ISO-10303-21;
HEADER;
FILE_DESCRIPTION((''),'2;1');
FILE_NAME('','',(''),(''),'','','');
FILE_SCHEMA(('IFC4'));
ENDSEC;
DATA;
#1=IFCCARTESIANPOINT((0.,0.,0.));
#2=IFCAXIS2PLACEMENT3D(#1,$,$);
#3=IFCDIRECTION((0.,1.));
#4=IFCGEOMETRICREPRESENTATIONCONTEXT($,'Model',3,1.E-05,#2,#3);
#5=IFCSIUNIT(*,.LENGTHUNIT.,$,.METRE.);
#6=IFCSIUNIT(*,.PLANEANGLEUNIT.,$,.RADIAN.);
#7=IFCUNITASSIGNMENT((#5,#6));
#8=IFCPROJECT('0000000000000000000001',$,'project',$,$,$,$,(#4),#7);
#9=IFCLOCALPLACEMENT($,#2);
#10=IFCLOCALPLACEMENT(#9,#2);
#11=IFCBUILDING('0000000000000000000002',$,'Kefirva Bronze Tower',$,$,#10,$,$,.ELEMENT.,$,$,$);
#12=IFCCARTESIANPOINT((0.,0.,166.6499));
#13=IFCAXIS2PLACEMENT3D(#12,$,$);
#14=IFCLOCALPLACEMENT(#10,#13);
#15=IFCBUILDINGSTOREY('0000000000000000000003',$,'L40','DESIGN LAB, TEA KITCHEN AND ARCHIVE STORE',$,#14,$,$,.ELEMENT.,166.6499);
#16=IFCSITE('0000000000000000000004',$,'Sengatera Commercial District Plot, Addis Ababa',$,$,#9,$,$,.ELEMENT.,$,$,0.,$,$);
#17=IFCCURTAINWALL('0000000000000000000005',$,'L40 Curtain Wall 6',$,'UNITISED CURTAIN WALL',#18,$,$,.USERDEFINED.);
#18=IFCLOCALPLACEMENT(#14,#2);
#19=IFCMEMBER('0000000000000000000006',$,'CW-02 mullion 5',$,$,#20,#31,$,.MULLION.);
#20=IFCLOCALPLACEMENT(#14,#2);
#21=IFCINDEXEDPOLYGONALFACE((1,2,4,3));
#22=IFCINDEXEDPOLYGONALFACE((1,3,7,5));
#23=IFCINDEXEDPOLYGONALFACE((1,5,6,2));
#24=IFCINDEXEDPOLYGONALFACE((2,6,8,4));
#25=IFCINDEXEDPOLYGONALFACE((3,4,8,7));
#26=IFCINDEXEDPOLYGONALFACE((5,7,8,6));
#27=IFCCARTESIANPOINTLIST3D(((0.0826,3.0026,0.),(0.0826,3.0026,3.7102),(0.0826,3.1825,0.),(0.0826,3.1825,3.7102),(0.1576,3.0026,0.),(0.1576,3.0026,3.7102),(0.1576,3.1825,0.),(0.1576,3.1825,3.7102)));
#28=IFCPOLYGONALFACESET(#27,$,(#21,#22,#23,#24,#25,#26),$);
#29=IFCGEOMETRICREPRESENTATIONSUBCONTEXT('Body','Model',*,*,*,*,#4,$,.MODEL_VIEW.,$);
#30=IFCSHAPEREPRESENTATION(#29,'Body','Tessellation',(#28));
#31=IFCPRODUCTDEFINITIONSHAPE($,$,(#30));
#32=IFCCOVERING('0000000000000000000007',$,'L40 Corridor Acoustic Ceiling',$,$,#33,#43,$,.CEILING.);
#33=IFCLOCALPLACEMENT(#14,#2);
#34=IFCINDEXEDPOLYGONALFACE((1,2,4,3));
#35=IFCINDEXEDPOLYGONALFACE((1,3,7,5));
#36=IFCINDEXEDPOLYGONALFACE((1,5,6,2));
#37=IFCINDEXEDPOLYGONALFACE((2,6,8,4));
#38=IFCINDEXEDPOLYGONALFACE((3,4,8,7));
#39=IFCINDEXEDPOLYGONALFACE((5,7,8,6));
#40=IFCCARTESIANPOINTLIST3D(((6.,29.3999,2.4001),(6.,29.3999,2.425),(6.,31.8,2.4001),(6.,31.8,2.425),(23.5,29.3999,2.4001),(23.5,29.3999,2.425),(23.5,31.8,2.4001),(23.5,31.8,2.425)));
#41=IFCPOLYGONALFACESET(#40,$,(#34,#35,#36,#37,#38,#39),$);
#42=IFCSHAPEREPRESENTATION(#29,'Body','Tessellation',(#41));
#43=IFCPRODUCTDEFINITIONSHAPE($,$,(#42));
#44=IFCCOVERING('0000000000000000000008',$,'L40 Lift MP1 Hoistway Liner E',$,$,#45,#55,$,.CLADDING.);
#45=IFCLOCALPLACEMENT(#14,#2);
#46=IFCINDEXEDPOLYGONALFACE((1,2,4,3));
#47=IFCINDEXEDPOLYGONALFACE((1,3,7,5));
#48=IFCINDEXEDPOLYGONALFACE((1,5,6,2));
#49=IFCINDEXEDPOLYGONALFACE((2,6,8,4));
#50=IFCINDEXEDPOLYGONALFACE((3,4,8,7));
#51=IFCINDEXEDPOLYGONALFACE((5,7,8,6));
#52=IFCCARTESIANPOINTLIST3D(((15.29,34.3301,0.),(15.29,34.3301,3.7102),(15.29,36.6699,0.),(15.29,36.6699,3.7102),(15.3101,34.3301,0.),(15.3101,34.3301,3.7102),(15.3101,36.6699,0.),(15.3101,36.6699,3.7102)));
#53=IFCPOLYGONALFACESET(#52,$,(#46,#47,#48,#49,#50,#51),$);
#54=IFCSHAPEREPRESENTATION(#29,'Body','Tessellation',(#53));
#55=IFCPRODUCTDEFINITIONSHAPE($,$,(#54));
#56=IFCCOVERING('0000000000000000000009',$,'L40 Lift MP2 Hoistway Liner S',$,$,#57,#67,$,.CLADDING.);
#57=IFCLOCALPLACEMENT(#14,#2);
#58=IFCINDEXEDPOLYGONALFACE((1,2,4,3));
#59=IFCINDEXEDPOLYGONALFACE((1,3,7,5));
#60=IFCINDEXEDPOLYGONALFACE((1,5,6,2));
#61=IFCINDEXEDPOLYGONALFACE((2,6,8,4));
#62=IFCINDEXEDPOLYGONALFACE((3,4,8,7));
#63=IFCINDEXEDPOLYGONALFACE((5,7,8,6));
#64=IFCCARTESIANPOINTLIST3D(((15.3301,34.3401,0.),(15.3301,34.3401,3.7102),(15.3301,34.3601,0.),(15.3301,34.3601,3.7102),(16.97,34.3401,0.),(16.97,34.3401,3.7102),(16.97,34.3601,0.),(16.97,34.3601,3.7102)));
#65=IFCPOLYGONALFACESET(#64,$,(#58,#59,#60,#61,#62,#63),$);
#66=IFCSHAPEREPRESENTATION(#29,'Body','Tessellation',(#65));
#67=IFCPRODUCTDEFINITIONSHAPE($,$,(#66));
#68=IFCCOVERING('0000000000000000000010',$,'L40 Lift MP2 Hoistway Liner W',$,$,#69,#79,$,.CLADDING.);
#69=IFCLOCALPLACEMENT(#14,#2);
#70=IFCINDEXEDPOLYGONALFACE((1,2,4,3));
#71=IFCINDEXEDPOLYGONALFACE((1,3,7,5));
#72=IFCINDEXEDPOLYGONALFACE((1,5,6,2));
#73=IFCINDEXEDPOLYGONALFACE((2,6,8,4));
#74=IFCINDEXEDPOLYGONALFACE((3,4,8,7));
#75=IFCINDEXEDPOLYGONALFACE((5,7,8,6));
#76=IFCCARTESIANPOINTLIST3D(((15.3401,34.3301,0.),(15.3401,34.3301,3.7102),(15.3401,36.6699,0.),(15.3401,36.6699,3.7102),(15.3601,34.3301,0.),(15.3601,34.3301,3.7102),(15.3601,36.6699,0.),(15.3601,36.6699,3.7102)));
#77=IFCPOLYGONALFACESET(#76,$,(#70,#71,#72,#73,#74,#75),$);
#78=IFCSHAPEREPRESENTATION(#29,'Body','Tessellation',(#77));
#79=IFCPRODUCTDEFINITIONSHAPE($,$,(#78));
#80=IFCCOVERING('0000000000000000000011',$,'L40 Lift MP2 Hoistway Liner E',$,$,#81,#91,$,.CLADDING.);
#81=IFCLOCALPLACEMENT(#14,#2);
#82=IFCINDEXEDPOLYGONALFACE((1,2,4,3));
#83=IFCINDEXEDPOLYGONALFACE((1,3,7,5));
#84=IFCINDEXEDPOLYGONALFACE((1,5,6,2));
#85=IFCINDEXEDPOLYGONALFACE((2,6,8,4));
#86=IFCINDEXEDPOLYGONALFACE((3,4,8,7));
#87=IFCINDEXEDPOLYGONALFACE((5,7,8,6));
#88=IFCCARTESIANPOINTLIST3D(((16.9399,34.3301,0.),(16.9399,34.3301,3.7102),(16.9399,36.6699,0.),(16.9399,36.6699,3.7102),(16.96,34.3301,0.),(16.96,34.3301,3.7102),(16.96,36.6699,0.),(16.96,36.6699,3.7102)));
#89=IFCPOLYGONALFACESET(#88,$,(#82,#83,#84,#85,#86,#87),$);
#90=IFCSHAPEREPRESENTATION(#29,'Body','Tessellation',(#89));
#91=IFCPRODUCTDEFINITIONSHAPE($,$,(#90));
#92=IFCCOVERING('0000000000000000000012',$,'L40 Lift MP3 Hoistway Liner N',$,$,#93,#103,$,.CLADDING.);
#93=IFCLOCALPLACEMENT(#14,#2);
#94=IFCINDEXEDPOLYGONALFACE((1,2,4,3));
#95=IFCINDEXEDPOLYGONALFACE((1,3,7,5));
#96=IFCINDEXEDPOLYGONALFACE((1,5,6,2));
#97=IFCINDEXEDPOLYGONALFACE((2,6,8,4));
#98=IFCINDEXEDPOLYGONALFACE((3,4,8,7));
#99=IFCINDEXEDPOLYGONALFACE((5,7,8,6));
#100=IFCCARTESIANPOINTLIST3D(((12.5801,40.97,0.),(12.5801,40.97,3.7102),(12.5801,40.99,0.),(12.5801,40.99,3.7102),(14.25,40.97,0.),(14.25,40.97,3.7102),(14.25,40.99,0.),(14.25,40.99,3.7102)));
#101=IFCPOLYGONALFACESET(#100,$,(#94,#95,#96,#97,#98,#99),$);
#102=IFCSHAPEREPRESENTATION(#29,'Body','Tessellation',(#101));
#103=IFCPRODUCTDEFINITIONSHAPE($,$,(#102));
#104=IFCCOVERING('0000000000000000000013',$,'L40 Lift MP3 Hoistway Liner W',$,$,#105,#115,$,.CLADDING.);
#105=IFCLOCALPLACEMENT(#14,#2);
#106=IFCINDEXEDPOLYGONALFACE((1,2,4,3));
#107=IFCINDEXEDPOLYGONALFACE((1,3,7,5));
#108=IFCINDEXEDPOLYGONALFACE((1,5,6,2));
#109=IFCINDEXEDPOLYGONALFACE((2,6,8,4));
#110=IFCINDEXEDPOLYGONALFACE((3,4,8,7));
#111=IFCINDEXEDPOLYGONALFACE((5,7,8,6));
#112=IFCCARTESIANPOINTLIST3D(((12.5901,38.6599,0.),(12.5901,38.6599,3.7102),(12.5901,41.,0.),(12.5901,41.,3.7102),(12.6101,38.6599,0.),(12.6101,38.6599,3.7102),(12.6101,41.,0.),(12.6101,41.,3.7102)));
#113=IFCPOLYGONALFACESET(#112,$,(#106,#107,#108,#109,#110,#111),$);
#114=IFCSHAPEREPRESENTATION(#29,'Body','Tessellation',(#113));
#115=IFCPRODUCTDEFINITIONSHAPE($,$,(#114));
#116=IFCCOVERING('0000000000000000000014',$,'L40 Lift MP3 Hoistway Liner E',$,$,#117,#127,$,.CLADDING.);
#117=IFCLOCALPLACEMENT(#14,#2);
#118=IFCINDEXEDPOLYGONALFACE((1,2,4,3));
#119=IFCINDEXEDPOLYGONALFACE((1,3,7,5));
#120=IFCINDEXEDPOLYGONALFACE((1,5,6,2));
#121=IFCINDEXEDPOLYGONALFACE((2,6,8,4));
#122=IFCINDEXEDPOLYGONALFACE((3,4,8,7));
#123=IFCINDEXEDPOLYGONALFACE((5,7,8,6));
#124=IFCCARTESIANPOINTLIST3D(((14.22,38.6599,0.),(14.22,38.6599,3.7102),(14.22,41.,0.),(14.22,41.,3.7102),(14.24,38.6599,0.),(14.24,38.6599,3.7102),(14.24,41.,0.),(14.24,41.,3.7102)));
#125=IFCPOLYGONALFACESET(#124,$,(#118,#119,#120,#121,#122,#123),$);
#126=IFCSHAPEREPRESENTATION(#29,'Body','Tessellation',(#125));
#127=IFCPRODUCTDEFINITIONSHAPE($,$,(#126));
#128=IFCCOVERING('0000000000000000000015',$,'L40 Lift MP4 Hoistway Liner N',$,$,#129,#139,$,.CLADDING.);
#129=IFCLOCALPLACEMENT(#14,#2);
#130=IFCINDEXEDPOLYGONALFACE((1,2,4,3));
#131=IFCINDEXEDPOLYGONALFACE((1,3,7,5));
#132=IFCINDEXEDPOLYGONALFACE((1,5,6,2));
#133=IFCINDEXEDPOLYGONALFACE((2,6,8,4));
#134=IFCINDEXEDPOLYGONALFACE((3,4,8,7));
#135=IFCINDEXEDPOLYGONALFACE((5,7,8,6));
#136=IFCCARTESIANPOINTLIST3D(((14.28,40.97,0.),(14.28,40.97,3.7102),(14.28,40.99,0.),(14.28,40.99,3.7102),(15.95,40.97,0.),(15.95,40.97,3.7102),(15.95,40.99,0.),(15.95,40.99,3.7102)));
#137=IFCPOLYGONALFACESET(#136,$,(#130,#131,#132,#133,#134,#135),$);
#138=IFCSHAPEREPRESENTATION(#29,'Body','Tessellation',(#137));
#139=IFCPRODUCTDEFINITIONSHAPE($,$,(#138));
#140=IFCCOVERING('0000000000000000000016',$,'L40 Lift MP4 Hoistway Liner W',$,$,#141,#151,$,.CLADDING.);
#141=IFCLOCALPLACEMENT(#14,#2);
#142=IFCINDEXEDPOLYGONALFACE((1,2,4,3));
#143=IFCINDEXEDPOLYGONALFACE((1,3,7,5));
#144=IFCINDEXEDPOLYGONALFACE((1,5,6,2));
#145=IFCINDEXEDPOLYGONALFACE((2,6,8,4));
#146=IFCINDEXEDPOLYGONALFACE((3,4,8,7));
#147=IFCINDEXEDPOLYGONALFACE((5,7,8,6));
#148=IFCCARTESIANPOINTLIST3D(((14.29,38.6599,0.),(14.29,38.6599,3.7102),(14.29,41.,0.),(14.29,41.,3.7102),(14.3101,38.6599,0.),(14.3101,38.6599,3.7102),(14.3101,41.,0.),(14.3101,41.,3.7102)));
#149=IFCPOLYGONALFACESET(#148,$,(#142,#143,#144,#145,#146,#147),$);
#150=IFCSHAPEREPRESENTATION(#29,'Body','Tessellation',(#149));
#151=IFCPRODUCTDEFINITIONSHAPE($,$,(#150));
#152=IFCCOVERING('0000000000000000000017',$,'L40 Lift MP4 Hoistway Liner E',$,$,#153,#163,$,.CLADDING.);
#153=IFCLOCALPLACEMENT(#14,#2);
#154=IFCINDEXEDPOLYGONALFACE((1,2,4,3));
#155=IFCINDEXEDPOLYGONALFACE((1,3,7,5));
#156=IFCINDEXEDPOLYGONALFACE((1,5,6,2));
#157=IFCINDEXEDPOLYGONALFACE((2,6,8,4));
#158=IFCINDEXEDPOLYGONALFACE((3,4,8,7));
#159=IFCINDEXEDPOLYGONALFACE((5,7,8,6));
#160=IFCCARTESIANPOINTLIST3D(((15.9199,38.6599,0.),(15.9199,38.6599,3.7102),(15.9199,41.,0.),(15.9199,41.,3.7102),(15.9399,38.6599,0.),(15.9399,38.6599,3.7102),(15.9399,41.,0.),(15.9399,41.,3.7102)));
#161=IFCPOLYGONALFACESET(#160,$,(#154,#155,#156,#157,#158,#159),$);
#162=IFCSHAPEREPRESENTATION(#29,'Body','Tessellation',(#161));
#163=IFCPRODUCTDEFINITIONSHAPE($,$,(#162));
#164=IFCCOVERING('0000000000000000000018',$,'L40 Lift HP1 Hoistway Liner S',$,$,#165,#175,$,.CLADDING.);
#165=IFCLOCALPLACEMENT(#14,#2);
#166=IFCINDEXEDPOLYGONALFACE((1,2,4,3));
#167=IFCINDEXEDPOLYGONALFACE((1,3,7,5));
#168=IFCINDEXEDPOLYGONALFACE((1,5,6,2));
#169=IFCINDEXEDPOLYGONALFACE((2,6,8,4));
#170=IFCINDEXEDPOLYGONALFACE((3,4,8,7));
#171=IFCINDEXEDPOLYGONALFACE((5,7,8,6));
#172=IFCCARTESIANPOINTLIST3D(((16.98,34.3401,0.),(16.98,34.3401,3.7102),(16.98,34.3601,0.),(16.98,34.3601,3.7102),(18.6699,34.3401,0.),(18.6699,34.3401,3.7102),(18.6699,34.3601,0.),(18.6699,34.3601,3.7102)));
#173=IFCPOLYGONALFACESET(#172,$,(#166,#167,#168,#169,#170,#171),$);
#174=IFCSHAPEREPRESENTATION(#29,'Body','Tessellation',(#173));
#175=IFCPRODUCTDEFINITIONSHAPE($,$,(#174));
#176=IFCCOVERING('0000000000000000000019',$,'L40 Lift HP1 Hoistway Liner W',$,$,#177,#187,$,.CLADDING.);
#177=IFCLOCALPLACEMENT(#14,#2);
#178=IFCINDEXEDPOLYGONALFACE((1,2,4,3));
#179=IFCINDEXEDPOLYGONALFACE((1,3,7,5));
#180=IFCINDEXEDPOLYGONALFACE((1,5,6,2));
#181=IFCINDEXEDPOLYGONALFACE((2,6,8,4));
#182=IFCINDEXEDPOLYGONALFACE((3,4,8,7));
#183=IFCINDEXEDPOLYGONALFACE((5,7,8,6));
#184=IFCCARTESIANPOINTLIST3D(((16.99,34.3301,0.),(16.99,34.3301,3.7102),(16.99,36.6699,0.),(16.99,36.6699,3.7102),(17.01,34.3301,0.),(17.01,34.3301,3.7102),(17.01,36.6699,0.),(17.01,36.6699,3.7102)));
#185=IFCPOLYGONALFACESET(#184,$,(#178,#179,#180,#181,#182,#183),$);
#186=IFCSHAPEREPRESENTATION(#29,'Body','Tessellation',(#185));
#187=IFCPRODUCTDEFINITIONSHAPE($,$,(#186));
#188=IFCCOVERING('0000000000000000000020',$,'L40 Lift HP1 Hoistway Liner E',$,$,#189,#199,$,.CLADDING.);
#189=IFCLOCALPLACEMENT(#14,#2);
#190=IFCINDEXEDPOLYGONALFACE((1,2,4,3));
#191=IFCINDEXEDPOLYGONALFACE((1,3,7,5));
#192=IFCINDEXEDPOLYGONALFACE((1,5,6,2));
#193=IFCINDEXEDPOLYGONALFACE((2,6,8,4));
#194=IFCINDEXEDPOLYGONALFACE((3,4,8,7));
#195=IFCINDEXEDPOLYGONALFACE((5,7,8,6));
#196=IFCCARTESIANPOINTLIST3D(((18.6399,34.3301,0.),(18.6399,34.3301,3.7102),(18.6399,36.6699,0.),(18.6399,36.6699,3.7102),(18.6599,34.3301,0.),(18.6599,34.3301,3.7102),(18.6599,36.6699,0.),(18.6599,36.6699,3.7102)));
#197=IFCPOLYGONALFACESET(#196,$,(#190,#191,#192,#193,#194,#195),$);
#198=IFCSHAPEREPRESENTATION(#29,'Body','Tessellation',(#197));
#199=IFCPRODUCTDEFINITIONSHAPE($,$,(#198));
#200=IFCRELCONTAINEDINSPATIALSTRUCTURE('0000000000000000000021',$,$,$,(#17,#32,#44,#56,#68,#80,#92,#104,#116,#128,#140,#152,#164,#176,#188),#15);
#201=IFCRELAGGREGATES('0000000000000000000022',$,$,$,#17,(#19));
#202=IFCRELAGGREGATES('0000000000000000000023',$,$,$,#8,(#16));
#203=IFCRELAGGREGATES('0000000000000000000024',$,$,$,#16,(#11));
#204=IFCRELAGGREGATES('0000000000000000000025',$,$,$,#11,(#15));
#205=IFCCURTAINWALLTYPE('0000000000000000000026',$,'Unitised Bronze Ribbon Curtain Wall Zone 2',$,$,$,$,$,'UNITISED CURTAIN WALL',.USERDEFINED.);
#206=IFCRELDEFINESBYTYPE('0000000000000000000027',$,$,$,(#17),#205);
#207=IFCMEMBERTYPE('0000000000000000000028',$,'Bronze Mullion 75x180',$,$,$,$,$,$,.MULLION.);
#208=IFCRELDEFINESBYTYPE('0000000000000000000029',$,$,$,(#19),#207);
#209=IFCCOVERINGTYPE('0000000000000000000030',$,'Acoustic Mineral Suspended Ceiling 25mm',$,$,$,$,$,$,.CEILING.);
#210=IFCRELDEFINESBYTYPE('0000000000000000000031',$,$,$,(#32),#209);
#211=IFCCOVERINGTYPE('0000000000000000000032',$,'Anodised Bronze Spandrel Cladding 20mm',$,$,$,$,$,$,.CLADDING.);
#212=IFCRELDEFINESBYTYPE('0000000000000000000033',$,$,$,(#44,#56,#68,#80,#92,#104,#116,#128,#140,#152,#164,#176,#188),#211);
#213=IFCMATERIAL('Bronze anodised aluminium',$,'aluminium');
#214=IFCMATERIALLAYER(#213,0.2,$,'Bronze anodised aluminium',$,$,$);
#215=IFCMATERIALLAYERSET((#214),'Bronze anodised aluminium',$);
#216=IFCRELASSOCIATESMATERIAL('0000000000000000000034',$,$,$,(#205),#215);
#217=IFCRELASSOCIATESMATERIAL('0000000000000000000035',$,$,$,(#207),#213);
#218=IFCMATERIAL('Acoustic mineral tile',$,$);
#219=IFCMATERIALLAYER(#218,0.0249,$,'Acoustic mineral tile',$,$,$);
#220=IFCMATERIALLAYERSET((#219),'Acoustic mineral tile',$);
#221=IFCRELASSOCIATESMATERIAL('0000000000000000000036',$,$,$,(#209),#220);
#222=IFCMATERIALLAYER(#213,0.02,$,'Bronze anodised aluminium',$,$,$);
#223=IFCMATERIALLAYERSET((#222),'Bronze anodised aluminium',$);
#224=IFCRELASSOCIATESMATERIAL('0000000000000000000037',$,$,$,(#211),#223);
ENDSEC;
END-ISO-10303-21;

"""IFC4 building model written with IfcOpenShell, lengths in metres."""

from ifc_helpers import new_model, si_unit, direction, frame, origin, origin_2d, place, context, subcontext, project, spatial, polyline, rectangle, outline, extrude, material, layer, layer_set, material_profile, profile_set, type_object, element, aggregate, save


model = new_model("IFC4")

# Units and contexts
model_context = context("Model", 3, precision=1e-05, world=origin(), true_north=direction((0.0, 1.0)))
body_context = subcontext(model_context, "Body", "Model", "MODEL_VIEW")
ifc_project = project(units=[si_unit("LENGTHUNIT", "METRE"), si_unit("PLANEANGLEUNIT", "RADIAN")], contexts=[model_context])

# Site, building, storey
site_placement = place(None, origin())
site = spatial("IfcSite", under=ifc_project, at=site_placement, Name="Sengatera Commercial District Plot, Addis Ababa", CompositionType="ELEMENT", RefElevation=0.0)
building_placement = place(site_placement, origin())
building = spatial("IfcBuilding", under=site, at=building_placement, Name="Kefirva Bronze Tower", CompositionType="ELEMENT")
storey_placement = place(building_placement, frame((0.0, 0.0, 166.6499)))
storey = spatial("IfcBuildingStorey", under=building, at=storey_placement, Name="L40", Description="DESIGN LAB, TEA KITCHEN AND ARCHIVE STORE", CompositionType="ELEMENT", Elevation=166.6499)

# Curtain wall, member
ifc_material_1 = material(Name="Bronze anodised aluminium", Category="aluminium")
ifc_layer_1 = layer(ifc_material_1, 0.2, Name="Bronze anodised aluminium")
ifc_layer_set_1 = layer_set([ifc_layer_1], Name="Bronze anodised aluminium")
curtain_wall_type = type_object("IfcCurtainWallType", Name="Unitised Bronze Ribbon Curtain Wall Zone 2", ElementType="UNITISED CURTAIN WALL", PredefinedType="USERDEFINED", material=ifc_layer_set_1)
curtain_wall_placement = place(storey_placement, origin())
curtain_wall = element("IfcCurtainWall", 1, at=curtain_wall_placement, inside=storey, type_object=curtain_wall_type, Name="L40 Curtain Wall 6", ObjectType="UNITISED CURTAIN WALL", PredefinedType="USERDEFINED")
ifc_material_profile = material_profile(ifc_material_1, rectangle(XDim=0.075, YDim=0.1799, at=origin_2d()), Name="ALU 75x180")
ifc_profile_set = profile_set([ifc_material_profile], Name="Bronze anodised aluminium")
member_type = type_object("IfcMemberType", Name="Bronze Mullion 75x180", PredefinedType="MULLION", material=ifc_profile_set)
member_placement = place(storey_placement, frame((0.1201, 3.0925, 0.0), z_axis=(0.0, 0.0, 1.0), x_axis=(1.0, 0.0, 0.0)))
member = element("IfcMember", 2, at=member_placement, type_object=member_type, Name="CW-02 mullion 5", PredefinedType="MULLION", context=body_context, shape_type="SweptSolid", body=[
    extrude(rectangle(XDim=0.075, YDim=0.1799, at=origin_2d()), origin(), (0.0, 0.0, 1.0), 3.7102),
])
aggregate(curtain_wall, [member])

# Coverings
ifc_material_2 = material(Name="Acoustic mineral tile")
ifc_layer_2 = layer(ifc_material_2, 0.0249, Name="Acoustic mineral tile")
ifc_layer_set_2 = layer_set([ifc_layer_2], Name="Acoustic mineral tile")
covering_type_1 = type_object("IfcCoveringType", Name="Acoustic Mineral Suspended Ceiling 25mm", PredefinedType="CEILING", material=ifc_layer_set_2)
covering_1_placement = place(storey_placement, frame((0.0, 0.0, 2.4001)))
element("IfcCovering", 3, at=covering_1_placement, inside=storey, type_object=covering_type_1, Name="L40 Corridor Acoustic Ceiling", PredefinedType="CEILING", context=body_context, shape_type="SweptSolid", body=[
    extrude(outline(polyline([(6.0, 29.3999), (23.5, 29.3999), (23.5, 31.8), (6.0, 31.8), (6.0, 29.3999)])), origin(), (0.0, 0.0, 1.0), 0.0249),
])
ifc_layer_3 = layer(ifc_material_1, 0.02, Name="Bronze anodised aluminium")
ifc_layer_set_3 = layer_set([ifc_layer_3], Name="Bronze anodised aluminium")
covering_type_2 = type_object("IfcCoveringType", Name="Anodised Bronze Spandrel Cladding 20mm", PredefinedType="CLADDING", material=ifc_layer_set_3)
covering_2_placement = place(storey_placement, origin())
element("IfcCovering", 4, at=covering_2_placement, inside=storey, type_object=covering_type_2, Name="L40 Lift MP1 Hoistway Liner E", PredefinedType="CLADDING", context=body_context, shape_type="SweptSolid", body=[
    extrude(outline(polyline([(15.29, 34.3301), (15.3101, 34.3301), (15.3101, 36.6699), (15.29, 36.6699), (15.29, 34.3301)])), origin(), (0.0, 0.0, 1.0), 3.7102),
])
covering_3_placement = place(storey_placement, origin())
element("IfcCovering", 5, at=covering_3_placement, inside=storey, type_object=covering_type_2, Name="L40 Lift MP2 Hoistway Liner S", PredefinedType="CLADDING", context=body_context, shape_type="SweptSolid", body=[
    extrude(outline(polyline([(15.3301, 34.3401), (16.97, 34.3401), (16.97, 34.3601), (15.3301, 34.3601), (15.3301, 34.3401)])), origin(), (0.0, 0.0, 1.0), 3.7102),
])
covering_4_placement = place(storey_placement, origin())
element("IfcCovering", 6, at=covering_4_placement, inside=storey, type_object=covering_type_2, Name="L40 Lift MP2 Hoistway Liner W", PredefinedType="CLADDING", context=body_context, shape_type="SweptSolid", body=[
    extrude(outline(polyline([(15.3401, 34.3301), (15.3601, 34.3301), (15.3601, 36.6699), (15.3401, 36.6699), (15.3401, 34.3301)])), origin(), (0.0, 0.0, 1.0), 3.7102),
])
covering_5_placement = place(storey_placement, origin())
element("IfcCovering", 7, at=covering_5_placement, inside=storey, type_object=covering_type_2, Name="L40 Lift MP2 Hoistway Liner E", PredefinedType="CLADDING", context=body_context, shape_type="SweptSolid", body=[
    extrude(outline(polyline([(16.9399, 34.3301), (16.96, 34.3301), (16.96, 36.6699), (16.9399, 36.6699), (16.9399, 34.3301)])), origin(), (0.0, 0.0, 1.0), 3.7102),
])
covering_6_placement = place(storey_placement, origin())
element("IfcCovering", 8, at=covering_6_placement, inside=storey, type_object=covering_type_2, Name="L40 Lift MP3 Hoistway Liner N", PredefinedType="CLADDING", context=body_context, shape_type="SweptSolid", body=[
    extrude(outline(polyline([(12.5801, 40.97), (14.25, 40.97), (14.25, 40.99), (12.5801, 40.99), (12.5801, 40.97)])), origin(), (0.0, 0.0, 1.0), 3.7102),
])
covering_7_placement = place(storey_placement, origin())
element("IfcCovering", 9, at=covering_7_placement, inside=storey, type_object=covering_type_2, Name="L40 Lift MP3 Hoistway Liner W", PredefinedType="CLADDING", context=body_context, shape_type="SweptSolid", body=[
    extrude(outline(polyline([(12.5901, 38.6599), (12.6101, 38.6599), (12.6101, 41.0), (12.5901, 41.0), (12.5901, 38.6599)])), origin(), (0.0, 0.0, 1.0), 3.7102),
])
covering_8_placement = place(storey_placement, origin())
element("IfcCovering", 10, at=covering_8_placement, inside=storey, type_object=covering_type_2, Name="L40 Lift MP3 Hoistway Liner E", PredefinedType="CLADDING", context=body_context, shape_type="SweptSolid", body=[
    extrude(outline(polyline([(14.22, 38.6599), (14.24, 38.6599), (14.24, 41.0), (14.22, 41.0), (14.22, 38.6599)])), origin(), (0.0, 0.0, 1.0), 3.7102),
])
covering_9_placement = place(storey_placement, origin())
element("IfcCovering", 11, at=covering_9_placement, inside=storey, type_object=covering_type_2, Name="L40 Lift MP4 Hoistway Liner N", PredefinedType="CLADDING", context=body_context, shape_type="SweptSolid", body=[
    extrude(outline(polyline([(14.28, 40.97), (15.95, 40.97), (15.95, 40.99), (14.28, 40.99), (14.28, 40.97)])), origin(), (0.0, 0.0, 1.0), 3.7102),
])
covering_10_placement = place(storey_placement, origin())
element("IfcCovering", 12, at=covering_10_placement, inside=storey, type_object=covering_type_2, Name="L40 Lift MP4 Hoistway Liner W", PredefinedType="CLADDING", context=body_context, shape_type="SweptSolid", body=[
    extrude(outline(polyline([(14.29, 38.6599), (14.3101, 38.6599), (14.3101, 41.0), (14.29, 41.0), (14.29, 38.6599)])), origin(), (0.0, 0.0, 1.0), 3.7102),
])
covering_11_placement = place(storey_placement, origin())
element("IfcCovering", 13, at=covering_11_placement, inside=storey, type_object=covering_type_2, Name="L40 Lift MP4 Hoistway Liner E", PredefinedType="CLADDING", context=body_context, shape_type="SweptSolid", body=[
    extrude(outline(polyline([(15.9199, 38.6599), (15.9399, 38.6599), (15.9399, 41.0), (15.9199, 41.0), (15.9199, 38.6599)])), origin(), (0.0, 0.0, 1.0), 3.7102),
])
covering_12_placement = place(storey_placement, origin())
element("IfcCovering", 14, at=covering_12_placement, inside=storey, type_object=covering_type_2, Name="L40 Lift HP1 Hoistway Liner S", PredefinedType="CLADDING", context=body_context, shape_type="SweptSolid", body=[
    extrude(outline(polyline([(16.98, 34.3401), (18.6699, 34.3401), (18.6699, 34.3601), (16.98, 34.3601), (16.98, 34.3401)])), origin(), (0.0, 0.0, 1.0), 3.7102),
])
covering_13_placement = place(storey_placement, origin())
element("IfcCovering", 15, at=covering_13_placement, inside=storey, type_object=covering_type_2, Name="L40 Lift HP1 Hoistway Liner W", PredefinedType="CLADDING", context=body_context, shape_type="SweptSolid", body=[
    extrude(outline(polyline([(16.99, 34.3301), (17.01, 34.3301), (17.01, 36.6699), (16.99, 36.6699), (16.99, 34.3301)])), origin(), (0.0, 0.0, 1.0), 3.7102),
])
covering_14_placement = place(storey_placement, origin())
element("IfcCovering", 16, at=covering_14_placement, inside=storey, type_object=covering_type_2, Name="L40 Lift HP1 Hoistway Liner E", PredefinedType="CLADDING", context=body_context, shape_type="SweptSolid", body=[
    extrude(outline(polyline([(18.6399, 34.3301), (18.6599, 34.3301), (18.6599, 36.6699), (18.6399, 36.6699), (18.6399, 34.3301)])), origin(), (0.0, 0.0, 1.0), 3.7102),
])

save(model, "model.ifc")
